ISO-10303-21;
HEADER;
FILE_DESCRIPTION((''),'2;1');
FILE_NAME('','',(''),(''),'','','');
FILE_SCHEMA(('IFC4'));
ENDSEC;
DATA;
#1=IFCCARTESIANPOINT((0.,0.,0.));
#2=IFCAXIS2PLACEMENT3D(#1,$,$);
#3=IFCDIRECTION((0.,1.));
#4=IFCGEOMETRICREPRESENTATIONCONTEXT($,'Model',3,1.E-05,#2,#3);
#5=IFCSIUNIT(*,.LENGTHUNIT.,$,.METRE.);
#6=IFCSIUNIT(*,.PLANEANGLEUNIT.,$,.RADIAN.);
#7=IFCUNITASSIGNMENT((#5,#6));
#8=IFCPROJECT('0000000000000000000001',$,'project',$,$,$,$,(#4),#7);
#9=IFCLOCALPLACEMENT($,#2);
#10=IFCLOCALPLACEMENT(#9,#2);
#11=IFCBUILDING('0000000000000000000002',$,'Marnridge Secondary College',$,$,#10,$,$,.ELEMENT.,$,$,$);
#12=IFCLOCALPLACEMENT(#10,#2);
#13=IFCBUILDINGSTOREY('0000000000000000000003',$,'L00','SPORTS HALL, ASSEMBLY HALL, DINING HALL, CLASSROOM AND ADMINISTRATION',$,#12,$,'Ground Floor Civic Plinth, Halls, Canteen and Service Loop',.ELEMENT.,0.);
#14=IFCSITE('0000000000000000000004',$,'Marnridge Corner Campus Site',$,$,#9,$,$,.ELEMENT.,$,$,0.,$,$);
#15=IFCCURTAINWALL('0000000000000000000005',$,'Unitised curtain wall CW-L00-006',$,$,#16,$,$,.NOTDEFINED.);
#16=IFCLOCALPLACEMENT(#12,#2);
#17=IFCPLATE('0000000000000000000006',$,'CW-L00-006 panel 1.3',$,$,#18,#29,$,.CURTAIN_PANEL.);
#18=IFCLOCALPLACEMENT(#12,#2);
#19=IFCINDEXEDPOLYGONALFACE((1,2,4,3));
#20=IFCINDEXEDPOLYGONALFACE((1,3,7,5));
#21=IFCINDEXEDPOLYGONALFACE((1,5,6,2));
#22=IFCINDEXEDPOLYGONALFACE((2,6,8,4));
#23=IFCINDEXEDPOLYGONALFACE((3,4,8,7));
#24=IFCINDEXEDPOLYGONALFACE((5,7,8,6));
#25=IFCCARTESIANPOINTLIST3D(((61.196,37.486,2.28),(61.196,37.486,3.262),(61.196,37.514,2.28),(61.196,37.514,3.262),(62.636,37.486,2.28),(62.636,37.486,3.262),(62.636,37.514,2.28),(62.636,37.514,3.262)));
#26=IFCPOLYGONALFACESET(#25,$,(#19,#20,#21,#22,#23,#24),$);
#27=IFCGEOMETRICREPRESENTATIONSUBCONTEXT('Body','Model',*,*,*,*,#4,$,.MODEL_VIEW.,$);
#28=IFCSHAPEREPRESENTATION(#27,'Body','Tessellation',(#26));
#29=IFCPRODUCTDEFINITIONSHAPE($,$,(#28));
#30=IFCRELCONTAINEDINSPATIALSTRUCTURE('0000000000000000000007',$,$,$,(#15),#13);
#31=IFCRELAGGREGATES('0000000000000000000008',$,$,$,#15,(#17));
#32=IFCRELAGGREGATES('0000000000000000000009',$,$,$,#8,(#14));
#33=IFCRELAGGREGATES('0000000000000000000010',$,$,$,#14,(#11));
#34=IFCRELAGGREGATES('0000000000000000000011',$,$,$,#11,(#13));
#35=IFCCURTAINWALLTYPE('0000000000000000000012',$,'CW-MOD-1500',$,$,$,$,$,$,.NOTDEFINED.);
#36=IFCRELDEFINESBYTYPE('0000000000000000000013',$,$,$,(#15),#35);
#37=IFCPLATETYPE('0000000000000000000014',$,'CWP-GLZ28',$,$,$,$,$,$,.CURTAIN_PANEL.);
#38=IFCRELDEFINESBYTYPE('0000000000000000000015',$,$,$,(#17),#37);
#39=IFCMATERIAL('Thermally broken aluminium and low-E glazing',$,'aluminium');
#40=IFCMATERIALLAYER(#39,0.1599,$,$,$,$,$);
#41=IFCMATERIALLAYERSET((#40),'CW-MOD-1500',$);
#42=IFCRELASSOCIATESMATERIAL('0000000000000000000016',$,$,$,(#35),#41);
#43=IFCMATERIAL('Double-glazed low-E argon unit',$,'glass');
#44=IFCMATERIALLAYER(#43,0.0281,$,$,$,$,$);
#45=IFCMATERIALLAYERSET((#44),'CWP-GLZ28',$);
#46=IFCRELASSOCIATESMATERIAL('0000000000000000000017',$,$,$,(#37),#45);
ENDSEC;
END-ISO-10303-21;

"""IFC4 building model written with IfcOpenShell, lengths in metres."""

from ifc_helpers import new_model, si_unit, direction, frame, origin, origin_2d, place, context, subcontext, project, spatial, rectangle, extrude, material, layer, layer_set, type_object, element, aggregate, save


model = new_model("IFC4")

# Units and contexts
model_context = context("Model", 3, precision=1e-05, world=origin(), true_north=direction((0.0, 1.0)))
body_context = subcontext(model_context, "Body", "Model", "MODEL_VIEW")
ifc_project = project(units=[si_unit("LENGTHUNIT", "METRE"), si_unit("PLANEANGLEUNIT", "RADIAN")], contexts=[model_context])

# Site, building, storey
site_placement = place(None, origin())
site = spatial("IfcSite", under=ifc_project, at=site_placement, Name="Marnridge Corner Campus Site", CompositionType="ELEMENT", RefElevation=0.0)
building_placement = place(site_placement, origin())
building = spatial("IfcBuilding", under=site, at=building_placement, Name="Marnridge Secondary College", CompositionType="ELEMENT")
storey_placement = place(building_placement, origin())
storey = spatial("IfcBuildingStorey", under=building, at=storey_placement, Name="L00", Description="SPORTS HALL, ASSEMBLY HALL, DINING HALL, CLASSROOM AND ADMINISTRATION", LongName="Ground Floor Civic Plinth, Halls, Canteen and Service Loop", CompositionType="ELEMENT", Elevation=0.0)

# Shared definitions
ifc_material_1 = material(Name="Thermally broken aluminium and low-E glazing", Category="aluminium")
ifc_layer_1 = layer(ifc_material_1, 0.1599)
ifc_layer_set_1 = layer_set([ifc_layer_1], Name="CW-MOD-1500")
curtain_wall_type = type_object("IfcCurtainWallType", Name="CW-MOD-1500", PredefinedType="NOTDEFINED", material=ifc_layer_set_1)

# Curtain wall
curtain_wall_1_placement = place(storey_placement, origin())
curtain_wall_1 = element("IfcCurtainWall", 1, at=curtain_wall_1_placement, inside=storey, type_object=curtain_wall_type, Name="Unitised curtain wall CW-L00-006", PredefinedType="NOTDEFINED")

# Plate
ifc_material_2 = material(Name="Double-glazed low-E argon unit", Category="glass")
ifc_layer_2 = layer(ifc_material_2, 0.0281)
ifc_layer_set_2 = layer_set([ifc_layer_2], Name="CWP-GLZ28")
plate_type = type_object("IfcPlateType", Name="CWP-GLZ28", PredefinedType="CURTAIN_PANEL", material=ifc_layer_set_2)
plate_1_placement = place(storey_placement, frame((61.916, 37.5, 2.28), z_axis=(0.0, 0.0, 1.0), x_axis=(-1.0, 0.0, 0.0)))
plate_1 = element("IfcPlate", 2, at=plate_1_placement, type_object=plate_type, Name="CW-L00-006 panel 1.3", PredefinedType="CURTAIN_PANEL", context=body_context, shape_type="SweptSolid", body=[
    extrude(rectangle(XDim=1.4399, YDim=0.0281, at=origin_2d()), origin(), (0.0, 0.0, 1.0), 0.9819),
])
aggregate(curtain_wall_1, [plate_1])

save(model, "model.ifc")
